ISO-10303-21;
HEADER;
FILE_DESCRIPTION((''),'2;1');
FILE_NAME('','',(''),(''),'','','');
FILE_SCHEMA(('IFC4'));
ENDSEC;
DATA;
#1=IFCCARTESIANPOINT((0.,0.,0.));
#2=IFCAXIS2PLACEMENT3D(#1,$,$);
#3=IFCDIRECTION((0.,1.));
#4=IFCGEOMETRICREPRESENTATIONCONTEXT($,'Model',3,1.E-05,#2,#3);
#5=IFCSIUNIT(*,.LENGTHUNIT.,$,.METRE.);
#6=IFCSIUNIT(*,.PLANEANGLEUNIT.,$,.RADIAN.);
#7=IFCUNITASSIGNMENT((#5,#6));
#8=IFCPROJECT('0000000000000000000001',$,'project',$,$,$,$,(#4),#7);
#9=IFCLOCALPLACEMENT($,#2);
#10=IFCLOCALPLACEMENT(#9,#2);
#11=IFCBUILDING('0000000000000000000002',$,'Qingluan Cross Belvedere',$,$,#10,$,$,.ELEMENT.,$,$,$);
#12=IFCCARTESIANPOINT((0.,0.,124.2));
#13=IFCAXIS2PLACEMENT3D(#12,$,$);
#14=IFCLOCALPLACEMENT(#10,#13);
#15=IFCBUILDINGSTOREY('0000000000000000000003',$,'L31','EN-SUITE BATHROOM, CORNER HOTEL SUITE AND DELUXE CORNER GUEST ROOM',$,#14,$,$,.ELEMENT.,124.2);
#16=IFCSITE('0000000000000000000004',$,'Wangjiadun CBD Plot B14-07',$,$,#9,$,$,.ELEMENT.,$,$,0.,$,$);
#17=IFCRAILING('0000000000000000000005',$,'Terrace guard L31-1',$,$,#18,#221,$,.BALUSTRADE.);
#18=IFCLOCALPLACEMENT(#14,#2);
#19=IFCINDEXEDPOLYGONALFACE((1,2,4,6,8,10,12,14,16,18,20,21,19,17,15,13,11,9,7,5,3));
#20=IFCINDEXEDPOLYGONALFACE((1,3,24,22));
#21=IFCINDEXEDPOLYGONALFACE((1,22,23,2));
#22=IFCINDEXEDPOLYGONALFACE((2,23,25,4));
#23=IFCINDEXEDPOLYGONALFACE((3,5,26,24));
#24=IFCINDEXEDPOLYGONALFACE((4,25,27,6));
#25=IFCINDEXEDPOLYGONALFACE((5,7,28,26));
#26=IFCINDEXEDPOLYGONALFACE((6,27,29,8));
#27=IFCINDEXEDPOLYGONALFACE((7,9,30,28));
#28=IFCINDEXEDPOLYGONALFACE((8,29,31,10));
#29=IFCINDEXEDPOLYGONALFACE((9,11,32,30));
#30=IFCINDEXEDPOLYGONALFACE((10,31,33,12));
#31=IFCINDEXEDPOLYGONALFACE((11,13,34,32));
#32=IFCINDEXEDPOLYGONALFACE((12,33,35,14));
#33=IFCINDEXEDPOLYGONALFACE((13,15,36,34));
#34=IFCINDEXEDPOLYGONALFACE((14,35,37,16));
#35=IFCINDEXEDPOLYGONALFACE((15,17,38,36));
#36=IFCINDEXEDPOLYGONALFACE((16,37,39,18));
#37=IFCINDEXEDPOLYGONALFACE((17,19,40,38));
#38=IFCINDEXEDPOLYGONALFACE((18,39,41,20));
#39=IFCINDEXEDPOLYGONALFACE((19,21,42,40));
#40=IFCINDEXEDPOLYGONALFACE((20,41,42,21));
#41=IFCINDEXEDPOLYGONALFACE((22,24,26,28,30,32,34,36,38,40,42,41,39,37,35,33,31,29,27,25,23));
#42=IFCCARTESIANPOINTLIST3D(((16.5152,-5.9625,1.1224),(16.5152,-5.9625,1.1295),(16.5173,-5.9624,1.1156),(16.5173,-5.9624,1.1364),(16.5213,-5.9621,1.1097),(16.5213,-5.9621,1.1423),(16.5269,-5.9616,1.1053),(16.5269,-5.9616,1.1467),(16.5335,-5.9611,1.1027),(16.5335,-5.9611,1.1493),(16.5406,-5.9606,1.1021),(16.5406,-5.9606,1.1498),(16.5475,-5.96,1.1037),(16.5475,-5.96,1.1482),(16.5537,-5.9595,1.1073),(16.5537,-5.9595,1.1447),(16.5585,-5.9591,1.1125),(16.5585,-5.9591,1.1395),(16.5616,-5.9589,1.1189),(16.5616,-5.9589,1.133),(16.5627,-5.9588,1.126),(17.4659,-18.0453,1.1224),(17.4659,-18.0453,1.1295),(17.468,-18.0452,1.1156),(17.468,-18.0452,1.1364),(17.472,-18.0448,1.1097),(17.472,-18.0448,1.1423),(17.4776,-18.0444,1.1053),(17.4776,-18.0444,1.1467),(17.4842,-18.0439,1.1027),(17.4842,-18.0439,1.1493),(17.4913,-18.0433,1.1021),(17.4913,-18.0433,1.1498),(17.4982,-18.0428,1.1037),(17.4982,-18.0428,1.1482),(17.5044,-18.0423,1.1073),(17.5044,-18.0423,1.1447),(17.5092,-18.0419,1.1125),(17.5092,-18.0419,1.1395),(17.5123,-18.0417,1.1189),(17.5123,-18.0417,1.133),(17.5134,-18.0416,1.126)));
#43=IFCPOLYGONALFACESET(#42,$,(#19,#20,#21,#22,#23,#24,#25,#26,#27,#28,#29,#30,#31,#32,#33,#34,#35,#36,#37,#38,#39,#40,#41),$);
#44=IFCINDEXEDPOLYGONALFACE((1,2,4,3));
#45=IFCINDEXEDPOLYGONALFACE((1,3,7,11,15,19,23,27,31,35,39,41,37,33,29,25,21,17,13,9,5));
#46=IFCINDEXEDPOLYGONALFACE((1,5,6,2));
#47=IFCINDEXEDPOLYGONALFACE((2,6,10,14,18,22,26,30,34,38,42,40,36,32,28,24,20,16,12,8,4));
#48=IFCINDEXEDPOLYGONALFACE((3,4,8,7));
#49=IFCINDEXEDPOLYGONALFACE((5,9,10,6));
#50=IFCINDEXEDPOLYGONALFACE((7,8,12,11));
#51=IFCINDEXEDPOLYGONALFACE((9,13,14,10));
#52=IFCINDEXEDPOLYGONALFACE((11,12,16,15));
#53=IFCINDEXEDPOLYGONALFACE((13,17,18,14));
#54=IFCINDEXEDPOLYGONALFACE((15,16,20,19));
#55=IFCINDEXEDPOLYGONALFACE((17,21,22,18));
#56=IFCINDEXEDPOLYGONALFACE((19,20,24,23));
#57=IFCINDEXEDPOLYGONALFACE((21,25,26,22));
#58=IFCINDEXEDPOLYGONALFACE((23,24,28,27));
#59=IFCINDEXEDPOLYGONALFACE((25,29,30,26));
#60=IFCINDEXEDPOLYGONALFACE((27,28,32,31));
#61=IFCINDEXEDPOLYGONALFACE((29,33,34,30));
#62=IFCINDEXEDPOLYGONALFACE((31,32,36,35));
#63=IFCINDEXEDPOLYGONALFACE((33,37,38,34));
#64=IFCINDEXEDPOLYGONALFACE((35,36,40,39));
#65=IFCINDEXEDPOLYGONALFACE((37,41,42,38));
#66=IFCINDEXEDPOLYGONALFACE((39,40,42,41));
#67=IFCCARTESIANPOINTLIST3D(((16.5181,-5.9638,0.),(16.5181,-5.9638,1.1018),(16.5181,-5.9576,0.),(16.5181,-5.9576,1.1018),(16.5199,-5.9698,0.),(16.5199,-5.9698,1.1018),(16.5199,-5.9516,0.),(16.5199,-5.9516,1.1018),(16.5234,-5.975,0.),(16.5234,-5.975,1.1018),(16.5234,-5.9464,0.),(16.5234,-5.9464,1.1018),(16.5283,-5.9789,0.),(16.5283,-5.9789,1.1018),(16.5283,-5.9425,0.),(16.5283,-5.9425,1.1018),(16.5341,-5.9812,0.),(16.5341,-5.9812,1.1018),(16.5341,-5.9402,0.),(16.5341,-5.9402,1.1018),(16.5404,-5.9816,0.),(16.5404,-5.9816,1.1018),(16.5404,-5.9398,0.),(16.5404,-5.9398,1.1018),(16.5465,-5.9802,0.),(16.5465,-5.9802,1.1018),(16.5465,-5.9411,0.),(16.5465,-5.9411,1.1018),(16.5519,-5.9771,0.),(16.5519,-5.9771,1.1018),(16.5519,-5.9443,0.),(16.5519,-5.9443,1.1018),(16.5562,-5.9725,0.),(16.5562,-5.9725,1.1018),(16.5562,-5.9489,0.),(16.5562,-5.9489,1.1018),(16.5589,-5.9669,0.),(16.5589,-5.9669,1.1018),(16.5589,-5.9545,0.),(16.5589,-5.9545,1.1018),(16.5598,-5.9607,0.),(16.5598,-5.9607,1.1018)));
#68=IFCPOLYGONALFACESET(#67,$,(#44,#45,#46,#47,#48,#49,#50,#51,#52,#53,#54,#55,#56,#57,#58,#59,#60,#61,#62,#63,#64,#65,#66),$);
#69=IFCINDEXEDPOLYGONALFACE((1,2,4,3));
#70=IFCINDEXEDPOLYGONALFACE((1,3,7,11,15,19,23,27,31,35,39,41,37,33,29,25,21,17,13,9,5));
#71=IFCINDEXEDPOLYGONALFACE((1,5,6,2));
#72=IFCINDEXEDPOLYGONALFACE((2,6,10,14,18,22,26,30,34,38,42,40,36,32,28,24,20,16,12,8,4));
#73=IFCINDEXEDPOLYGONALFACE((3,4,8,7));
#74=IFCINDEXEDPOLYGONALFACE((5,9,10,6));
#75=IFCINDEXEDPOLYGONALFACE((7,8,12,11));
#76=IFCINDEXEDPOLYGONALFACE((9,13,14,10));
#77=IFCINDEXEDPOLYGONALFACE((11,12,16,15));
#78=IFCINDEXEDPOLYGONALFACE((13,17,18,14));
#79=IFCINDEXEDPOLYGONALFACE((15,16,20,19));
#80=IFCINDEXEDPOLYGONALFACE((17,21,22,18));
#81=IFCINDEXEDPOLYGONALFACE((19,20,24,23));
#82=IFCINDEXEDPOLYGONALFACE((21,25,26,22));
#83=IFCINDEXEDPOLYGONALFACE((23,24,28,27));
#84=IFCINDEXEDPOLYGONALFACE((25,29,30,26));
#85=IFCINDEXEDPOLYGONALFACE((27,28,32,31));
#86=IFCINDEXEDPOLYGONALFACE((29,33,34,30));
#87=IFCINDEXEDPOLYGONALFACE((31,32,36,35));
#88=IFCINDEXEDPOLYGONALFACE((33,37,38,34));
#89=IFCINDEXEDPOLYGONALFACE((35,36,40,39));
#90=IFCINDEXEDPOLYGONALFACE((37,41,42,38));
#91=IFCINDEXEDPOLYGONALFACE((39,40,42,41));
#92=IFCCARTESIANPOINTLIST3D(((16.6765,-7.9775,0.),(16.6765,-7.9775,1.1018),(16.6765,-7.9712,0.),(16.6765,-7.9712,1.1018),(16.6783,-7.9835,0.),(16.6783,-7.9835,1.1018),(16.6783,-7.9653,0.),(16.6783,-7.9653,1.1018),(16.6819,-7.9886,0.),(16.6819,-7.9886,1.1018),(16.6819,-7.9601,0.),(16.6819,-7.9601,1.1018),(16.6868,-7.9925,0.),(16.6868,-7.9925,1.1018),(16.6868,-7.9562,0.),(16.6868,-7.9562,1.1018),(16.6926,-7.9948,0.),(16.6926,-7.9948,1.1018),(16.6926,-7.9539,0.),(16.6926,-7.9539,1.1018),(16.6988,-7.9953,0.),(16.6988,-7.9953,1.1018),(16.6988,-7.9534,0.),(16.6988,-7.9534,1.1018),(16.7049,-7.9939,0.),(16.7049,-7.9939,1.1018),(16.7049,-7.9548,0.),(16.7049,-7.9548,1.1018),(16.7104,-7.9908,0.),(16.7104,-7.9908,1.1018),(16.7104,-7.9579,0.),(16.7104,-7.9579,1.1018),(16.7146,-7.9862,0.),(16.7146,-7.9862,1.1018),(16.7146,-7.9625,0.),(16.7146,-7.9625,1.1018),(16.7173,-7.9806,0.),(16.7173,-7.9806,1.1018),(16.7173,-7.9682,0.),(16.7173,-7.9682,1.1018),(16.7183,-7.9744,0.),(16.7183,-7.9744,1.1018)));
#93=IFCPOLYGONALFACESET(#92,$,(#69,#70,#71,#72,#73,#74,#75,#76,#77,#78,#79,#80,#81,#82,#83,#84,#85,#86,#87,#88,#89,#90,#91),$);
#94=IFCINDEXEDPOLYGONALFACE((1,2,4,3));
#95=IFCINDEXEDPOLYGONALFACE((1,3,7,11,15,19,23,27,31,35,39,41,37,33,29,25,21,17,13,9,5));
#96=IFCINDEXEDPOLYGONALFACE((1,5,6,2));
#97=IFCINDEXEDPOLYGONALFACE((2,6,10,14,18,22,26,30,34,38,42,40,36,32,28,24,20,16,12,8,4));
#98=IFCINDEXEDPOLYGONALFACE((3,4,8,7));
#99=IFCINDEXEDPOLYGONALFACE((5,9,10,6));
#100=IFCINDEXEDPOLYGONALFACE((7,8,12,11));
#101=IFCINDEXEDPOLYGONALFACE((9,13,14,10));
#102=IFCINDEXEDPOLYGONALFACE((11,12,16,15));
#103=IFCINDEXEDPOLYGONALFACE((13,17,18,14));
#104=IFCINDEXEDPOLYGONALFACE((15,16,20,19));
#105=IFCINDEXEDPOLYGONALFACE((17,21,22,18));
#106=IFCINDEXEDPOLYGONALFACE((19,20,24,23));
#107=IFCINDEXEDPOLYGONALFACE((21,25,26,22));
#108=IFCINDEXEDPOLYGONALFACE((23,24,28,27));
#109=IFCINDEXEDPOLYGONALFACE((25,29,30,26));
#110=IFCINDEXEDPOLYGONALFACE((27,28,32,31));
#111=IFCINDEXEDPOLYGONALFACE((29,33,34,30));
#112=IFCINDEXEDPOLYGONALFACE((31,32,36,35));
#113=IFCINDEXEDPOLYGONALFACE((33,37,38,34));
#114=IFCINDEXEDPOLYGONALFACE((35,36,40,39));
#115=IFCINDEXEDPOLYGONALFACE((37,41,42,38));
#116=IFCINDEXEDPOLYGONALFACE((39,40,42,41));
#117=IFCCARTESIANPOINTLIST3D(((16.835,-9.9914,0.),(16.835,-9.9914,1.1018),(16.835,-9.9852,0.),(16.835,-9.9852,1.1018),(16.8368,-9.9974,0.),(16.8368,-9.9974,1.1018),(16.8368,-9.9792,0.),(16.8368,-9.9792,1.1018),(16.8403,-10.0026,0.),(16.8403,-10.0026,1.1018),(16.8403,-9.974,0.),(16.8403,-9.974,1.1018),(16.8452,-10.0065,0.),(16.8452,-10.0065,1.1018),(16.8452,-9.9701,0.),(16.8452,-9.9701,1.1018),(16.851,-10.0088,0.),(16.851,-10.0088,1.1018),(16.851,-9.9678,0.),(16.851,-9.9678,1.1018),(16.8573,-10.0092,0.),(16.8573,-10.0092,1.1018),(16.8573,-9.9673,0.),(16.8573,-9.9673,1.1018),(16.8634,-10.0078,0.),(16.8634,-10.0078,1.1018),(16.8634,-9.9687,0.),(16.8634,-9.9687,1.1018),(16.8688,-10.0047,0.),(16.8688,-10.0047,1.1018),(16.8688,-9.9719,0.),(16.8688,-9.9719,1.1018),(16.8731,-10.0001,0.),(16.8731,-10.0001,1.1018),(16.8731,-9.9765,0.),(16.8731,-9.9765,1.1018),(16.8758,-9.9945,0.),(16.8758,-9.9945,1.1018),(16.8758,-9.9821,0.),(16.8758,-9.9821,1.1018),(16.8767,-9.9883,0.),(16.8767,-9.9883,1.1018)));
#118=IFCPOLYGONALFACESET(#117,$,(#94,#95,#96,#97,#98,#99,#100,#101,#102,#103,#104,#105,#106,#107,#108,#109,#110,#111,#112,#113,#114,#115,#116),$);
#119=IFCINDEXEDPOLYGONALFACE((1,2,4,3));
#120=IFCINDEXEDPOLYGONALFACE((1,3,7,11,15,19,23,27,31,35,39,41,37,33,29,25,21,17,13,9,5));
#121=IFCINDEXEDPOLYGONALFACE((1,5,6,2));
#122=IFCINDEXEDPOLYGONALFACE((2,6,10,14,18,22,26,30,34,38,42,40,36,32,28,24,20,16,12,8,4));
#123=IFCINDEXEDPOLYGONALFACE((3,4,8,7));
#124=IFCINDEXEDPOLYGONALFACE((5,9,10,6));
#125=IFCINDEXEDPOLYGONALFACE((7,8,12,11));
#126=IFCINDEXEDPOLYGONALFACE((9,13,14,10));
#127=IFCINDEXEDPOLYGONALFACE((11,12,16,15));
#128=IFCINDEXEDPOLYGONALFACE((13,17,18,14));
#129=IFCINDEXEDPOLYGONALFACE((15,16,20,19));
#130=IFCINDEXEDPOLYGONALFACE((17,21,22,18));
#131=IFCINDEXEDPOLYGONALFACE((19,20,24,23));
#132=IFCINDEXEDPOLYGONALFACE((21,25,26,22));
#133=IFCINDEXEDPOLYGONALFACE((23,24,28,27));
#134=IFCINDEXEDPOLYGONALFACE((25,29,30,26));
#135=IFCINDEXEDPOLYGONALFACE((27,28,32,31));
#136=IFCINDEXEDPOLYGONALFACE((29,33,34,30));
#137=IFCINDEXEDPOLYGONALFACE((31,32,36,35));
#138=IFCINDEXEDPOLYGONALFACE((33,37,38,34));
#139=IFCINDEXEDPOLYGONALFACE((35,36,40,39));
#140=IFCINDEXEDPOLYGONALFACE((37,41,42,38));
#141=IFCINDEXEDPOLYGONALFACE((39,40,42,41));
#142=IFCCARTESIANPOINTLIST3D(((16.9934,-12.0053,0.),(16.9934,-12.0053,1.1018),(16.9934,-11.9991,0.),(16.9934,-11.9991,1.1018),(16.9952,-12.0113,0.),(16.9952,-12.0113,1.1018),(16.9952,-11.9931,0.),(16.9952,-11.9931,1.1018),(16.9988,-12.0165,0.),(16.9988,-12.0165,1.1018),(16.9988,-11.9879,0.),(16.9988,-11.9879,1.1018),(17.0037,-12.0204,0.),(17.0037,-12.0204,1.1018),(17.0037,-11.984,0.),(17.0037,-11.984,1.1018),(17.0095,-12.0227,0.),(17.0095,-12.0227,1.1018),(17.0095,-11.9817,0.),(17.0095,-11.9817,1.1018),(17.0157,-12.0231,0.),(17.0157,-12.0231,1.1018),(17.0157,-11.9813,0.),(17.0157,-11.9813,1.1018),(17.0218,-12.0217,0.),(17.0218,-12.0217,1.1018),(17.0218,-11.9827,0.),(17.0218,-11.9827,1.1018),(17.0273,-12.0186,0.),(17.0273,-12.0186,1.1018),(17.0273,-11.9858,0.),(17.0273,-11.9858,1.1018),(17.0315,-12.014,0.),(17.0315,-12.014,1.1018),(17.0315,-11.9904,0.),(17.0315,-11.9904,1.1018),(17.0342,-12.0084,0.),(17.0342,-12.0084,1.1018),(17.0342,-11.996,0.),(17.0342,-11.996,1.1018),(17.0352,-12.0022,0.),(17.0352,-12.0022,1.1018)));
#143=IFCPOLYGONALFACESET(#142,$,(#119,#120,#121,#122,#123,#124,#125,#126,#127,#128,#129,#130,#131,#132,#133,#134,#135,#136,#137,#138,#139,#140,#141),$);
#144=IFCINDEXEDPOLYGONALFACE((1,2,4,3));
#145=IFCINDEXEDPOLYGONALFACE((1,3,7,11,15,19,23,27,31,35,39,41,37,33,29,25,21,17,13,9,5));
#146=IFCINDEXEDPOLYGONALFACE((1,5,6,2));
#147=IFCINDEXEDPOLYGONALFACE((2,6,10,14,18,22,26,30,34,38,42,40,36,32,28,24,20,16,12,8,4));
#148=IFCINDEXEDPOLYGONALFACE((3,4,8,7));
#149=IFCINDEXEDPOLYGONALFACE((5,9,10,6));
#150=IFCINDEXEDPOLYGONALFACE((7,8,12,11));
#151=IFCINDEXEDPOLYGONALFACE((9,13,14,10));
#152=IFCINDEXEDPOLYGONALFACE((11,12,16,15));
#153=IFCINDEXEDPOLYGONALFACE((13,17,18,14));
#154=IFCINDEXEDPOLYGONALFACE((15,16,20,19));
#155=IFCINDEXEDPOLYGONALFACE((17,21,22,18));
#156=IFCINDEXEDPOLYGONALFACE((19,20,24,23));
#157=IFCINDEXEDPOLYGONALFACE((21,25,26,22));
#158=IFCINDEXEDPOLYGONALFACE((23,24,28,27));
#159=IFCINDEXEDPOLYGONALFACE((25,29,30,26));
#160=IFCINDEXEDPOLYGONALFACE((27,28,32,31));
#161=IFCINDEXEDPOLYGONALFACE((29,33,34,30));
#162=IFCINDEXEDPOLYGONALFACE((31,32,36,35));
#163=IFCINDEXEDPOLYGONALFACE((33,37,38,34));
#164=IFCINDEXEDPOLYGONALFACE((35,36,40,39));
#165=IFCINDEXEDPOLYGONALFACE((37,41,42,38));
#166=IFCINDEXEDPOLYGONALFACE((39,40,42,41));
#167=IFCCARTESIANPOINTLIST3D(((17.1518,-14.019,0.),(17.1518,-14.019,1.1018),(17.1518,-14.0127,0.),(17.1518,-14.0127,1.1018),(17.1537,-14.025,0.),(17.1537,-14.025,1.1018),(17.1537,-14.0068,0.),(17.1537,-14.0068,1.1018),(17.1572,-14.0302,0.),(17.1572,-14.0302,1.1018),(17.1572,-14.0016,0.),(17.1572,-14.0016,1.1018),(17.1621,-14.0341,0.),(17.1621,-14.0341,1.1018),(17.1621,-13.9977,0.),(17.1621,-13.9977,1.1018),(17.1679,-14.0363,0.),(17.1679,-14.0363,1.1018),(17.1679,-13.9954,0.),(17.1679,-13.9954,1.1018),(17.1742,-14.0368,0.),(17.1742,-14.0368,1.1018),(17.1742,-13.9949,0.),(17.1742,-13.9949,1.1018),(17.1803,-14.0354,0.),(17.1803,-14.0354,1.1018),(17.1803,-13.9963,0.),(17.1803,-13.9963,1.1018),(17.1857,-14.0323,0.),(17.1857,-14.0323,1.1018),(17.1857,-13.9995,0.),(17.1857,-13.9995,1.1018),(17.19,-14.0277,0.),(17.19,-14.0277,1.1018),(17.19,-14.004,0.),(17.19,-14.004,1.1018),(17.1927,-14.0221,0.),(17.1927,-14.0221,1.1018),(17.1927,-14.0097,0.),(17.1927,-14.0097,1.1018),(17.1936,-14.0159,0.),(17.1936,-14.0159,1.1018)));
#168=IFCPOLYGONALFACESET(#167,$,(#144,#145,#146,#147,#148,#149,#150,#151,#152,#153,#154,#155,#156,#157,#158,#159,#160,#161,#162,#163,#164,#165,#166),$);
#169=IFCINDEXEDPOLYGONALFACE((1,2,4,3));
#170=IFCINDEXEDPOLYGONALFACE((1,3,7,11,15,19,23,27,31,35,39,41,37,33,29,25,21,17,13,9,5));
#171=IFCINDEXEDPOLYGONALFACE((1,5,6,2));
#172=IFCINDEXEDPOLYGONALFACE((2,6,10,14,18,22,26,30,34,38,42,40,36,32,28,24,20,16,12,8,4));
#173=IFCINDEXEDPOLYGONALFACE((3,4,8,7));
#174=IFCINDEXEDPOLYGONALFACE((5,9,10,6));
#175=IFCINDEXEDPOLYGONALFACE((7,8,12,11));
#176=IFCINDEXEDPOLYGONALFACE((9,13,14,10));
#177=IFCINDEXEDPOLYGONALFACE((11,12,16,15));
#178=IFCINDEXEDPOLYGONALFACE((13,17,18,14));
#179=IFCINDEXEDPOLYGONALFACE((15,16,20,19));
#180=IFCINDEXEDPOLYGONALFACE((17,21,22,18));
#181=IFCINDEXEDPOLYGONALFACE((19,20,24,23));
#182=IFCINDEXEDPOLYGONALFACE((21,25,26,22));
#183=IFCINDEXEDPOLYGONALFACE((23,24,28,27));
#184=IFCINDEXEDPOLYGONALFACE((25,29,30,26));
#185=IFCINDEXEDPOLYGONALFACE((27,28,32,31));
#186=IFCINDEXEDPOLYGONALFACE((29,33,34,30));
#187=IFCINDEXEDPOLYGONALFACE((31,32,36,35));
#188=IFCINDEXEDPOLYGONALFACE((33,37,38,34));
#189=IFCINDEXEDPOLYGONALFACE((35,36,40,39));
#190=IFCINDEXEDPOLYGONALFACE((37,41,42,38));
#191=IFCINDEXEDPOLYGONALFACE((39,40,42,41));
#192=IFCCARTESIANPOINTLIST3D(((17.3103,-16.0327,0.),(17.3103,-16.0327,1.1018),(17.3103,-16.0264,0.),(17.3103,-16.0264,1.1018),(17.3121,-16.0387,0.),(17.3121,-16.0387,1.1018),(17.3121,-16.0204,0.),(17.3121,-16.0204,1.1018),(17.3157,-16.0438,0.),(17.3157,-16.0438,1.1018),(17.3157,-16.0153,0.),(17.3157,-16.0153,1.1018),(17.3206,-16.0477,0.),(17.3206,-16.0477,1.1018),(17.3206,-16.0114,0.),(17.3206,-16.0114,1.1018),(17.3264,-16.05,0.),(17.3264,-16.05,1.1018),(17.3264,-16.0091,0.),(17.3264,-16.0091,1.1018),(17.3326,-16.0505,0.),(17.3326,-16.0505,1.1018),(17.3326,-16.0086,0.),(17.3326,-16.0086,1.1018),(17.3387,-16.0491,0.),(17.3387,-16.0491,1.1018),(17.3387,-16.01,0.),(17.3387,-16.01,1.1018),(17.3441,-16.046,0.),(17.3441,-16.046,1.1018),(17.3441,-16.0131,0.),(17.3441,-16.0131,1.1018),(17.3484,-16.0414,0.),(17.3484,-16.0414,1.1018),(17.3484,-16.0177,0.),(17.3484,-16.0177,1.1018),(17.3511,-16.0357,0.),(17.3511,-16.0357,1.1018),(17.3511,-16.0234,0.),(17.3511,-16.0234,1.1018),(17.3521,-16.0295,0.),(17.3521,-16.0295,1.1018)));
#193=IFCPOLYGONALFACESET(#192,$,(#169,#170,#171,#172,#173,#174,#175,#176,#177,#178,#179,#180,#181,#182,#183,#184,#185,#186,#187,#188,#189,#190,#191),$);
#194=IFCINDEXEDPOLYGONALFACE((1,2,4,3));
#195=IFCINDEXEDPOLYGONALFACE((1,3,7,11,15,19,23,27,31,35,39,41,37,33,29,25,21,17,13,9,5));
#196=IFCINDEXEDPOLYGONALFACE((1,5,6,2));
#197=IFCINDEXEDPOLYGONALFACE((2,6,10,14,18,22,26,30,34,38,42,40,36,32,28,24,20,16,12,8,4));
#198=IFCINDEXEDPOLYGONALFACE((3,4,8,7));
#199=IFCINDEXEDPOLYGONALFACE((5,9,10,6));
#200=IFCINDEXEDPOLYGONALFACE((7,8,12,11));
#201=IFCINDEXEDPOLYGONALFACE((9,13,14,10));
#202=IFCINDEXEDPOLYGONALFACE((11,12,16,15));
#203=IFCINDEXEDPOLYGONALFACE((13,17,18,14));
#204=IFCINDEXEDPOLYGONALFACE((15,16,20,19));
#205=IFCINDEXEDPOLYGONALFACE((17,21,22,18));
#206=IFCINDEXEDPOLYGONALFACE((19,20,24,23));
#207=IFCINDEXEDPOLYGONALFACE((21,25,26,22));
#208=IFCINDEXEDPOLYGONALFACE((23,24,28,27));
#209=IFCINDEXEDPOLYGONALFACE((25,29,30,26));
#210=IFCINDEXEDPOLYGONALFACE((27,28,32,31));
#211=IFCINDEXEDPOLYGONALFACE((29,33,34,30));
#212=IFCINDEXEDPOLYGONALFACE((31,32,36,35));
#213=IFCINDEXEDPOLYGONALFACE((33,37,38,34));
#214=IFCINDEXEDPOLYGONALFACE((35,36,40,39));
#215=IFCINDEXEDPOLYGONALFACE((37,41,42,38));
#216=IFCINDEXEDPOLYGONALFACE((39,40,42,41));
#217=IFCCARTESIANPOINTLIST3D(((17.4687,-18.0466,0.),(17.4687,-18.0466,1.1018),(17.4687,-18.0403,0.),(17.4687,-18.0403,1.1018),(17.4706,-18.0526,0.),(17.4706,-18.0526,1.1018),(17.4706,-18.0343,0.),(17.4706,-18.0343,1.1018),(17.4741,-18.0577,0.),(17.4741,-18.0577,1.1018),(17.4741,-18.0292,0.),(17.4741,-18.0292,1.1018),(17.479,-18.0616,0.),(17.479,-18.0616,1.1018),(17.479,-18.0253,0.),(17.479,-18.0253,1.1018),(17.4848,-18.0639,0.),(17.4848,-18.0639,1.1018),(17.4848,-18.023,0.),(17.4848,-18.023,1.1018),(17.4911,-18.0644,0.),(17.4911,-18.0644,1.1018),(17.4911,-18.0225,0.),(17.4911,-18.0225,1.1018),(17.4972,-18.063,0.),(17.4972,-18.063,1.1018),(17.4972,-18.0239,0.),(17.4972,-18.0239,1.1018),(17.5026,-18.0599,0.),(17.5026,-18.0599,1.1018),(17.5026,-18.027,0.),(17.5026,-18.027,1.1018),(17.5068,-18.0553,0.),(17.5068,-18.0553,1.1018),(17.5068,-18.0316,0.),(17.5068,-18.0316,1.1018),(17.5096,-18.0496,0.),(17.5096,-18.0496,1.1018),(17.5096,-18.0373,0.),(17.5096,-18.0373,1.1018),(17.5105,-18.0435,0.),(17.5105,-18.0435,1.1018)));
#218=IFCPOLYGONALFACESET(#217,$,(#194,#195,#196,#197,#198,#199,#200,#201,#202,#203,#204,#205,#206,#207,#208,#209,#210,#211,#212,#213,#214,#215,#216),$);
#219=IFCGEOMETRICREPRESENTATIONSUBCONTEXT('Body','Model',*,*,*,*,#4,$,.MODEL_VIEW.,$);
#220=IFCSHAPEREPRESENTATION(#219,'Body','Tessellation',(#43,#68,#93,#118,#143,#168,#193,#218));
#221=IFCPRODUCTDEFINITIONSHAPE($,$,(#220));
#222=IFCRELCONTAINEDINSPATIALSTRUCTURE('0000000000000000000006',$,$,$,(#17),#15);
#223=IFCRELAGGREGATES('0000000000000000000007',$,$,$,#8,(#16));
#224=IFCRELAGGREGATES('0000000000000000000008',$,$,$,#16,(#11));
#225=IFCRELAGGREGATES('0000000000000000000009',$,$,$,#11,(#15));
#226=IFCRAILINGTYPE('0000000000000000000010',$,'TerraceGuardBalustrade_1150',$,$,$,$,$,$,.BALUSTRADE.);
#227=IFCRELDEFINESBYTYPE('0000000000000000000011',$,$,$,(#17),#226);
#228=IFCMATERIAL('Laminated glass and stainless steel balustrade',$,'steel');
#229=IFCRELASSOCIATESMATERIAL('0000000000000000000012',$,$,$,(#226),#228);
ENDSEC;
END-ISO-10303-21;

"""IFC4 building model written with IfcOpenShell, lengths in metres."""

from ifc_helpers import new_model, si_unit, direction, frame, origin, origin_2d, place, context, subcontext, project, spatial, circle, extrude, material, type_object, element, save


model = new_model("IFC4")

# Units and contexts
model_context = context("Model", 3, precision=1e-05, world=origin(), true_north=direction((0.0, 1.0)))
body_context = subcontext(model_context, "Body", "Model", "MODEL_VIEW")
ifc_project = project(units=[si_unit("LENGTHUNIT", "METRE"), si_unit("PLANEANGLEUNIT", "RADIAN")], contexts=[model_context])

# Site, building, storey
site_placement = place(None, origin())
site = spatial("IfcSite", under=ifc_project, at=site_placement, Name="Wangjiadun CBD Plot B14-07", CompositionType="ELEMENT", RefElevation=0.0)
building_placement = place(site_placement, origin())
building = spatial("IfcBuilding", under=site, at=building_placement, Name="Qingluan Cross Belvedere", CompositionType="ELEMENT")
storey_placement = place(building_placement, frame((0.0, 0.0, 124.2)))
storey = spatial("IfcBuildingStorey", under=building, at=storey_placement, Name="L31", Description="EN-SUITE BATHROOM, CORNER HOTEL SUITE AND DELUXE CORNER GUEST ROOM", CompositionType="ELEMENT", Elevation=124.2)

# Railing
ifc_material_1 = material(Name="Laminated glass and stainless steel balustrade", Category="steel")
railing_type_1 = type_object("IfcRailingType", Name="TerraceGuardBalustrade_1150", PredefinedType="BALUSTRADE", material=ifc_material_1)
railing_1_placement = place(storey_placement, frame((16.5388, -5.9607, 0.0)))
element("IfcRailing", 1, at=railing_1_placement, inside=storey, type_object=railing_type_1, Name="Terrace guard L31-1", PredefinedType="BALUSTRADE", context=body_context, shape_type="SweptSolid", body=[
    extrude(circle(Radius=0.0239, at=origin_2d()), frame((0.0, 0.0, 1.126), z_axis=(0.078439, -0.996919, 0.0), x_axis=(0.996919, 0.078439, 0.0)), (0.0, 0.0, 1.0), 12.1201),
    extrude(circle(Radius=0.021, at=origin_2d()), origin(), (0.0, 0.0, 1.0), 1.1018),
    extrude(circle(Radius=0.021, at=origin_2d()), frame((0.1584, -2.0137, 0.0)), (0.0, 0.0, 1.0), 1.1018),
    extrude(circle(Radius=0.021, at=origin_2d()), frame((0.3169, -4.0276, 0.0)), (0.0, 0.0, 1.0), 1.1018),
    extrude(circle(Radius=0.021, at=origin_2d()), frame((0.4753, -6.0415, 0.0)), (0.0, 0.0, 1.0), 1.1018),
    extrude(circle(Radius=0.021, at=origin_2d()), frame((0.6338, -8.0552, 0.0)), (0.0, 0.0, 1.0), 1.1018),
    extrude(circle(Radius=0.021, at=origin_2d()), frame((0.7922, -10.0688, 0.0)), (0.0, 0.0, 1.0), 1.1018),
    extrude(circle(Radius=0.021, at=origin_2d()), frame((0.9507, -12.0828, 0.0)), (0.0, 0.0, 1.0), 1.1018),
])

save(model, "model.ifc")
